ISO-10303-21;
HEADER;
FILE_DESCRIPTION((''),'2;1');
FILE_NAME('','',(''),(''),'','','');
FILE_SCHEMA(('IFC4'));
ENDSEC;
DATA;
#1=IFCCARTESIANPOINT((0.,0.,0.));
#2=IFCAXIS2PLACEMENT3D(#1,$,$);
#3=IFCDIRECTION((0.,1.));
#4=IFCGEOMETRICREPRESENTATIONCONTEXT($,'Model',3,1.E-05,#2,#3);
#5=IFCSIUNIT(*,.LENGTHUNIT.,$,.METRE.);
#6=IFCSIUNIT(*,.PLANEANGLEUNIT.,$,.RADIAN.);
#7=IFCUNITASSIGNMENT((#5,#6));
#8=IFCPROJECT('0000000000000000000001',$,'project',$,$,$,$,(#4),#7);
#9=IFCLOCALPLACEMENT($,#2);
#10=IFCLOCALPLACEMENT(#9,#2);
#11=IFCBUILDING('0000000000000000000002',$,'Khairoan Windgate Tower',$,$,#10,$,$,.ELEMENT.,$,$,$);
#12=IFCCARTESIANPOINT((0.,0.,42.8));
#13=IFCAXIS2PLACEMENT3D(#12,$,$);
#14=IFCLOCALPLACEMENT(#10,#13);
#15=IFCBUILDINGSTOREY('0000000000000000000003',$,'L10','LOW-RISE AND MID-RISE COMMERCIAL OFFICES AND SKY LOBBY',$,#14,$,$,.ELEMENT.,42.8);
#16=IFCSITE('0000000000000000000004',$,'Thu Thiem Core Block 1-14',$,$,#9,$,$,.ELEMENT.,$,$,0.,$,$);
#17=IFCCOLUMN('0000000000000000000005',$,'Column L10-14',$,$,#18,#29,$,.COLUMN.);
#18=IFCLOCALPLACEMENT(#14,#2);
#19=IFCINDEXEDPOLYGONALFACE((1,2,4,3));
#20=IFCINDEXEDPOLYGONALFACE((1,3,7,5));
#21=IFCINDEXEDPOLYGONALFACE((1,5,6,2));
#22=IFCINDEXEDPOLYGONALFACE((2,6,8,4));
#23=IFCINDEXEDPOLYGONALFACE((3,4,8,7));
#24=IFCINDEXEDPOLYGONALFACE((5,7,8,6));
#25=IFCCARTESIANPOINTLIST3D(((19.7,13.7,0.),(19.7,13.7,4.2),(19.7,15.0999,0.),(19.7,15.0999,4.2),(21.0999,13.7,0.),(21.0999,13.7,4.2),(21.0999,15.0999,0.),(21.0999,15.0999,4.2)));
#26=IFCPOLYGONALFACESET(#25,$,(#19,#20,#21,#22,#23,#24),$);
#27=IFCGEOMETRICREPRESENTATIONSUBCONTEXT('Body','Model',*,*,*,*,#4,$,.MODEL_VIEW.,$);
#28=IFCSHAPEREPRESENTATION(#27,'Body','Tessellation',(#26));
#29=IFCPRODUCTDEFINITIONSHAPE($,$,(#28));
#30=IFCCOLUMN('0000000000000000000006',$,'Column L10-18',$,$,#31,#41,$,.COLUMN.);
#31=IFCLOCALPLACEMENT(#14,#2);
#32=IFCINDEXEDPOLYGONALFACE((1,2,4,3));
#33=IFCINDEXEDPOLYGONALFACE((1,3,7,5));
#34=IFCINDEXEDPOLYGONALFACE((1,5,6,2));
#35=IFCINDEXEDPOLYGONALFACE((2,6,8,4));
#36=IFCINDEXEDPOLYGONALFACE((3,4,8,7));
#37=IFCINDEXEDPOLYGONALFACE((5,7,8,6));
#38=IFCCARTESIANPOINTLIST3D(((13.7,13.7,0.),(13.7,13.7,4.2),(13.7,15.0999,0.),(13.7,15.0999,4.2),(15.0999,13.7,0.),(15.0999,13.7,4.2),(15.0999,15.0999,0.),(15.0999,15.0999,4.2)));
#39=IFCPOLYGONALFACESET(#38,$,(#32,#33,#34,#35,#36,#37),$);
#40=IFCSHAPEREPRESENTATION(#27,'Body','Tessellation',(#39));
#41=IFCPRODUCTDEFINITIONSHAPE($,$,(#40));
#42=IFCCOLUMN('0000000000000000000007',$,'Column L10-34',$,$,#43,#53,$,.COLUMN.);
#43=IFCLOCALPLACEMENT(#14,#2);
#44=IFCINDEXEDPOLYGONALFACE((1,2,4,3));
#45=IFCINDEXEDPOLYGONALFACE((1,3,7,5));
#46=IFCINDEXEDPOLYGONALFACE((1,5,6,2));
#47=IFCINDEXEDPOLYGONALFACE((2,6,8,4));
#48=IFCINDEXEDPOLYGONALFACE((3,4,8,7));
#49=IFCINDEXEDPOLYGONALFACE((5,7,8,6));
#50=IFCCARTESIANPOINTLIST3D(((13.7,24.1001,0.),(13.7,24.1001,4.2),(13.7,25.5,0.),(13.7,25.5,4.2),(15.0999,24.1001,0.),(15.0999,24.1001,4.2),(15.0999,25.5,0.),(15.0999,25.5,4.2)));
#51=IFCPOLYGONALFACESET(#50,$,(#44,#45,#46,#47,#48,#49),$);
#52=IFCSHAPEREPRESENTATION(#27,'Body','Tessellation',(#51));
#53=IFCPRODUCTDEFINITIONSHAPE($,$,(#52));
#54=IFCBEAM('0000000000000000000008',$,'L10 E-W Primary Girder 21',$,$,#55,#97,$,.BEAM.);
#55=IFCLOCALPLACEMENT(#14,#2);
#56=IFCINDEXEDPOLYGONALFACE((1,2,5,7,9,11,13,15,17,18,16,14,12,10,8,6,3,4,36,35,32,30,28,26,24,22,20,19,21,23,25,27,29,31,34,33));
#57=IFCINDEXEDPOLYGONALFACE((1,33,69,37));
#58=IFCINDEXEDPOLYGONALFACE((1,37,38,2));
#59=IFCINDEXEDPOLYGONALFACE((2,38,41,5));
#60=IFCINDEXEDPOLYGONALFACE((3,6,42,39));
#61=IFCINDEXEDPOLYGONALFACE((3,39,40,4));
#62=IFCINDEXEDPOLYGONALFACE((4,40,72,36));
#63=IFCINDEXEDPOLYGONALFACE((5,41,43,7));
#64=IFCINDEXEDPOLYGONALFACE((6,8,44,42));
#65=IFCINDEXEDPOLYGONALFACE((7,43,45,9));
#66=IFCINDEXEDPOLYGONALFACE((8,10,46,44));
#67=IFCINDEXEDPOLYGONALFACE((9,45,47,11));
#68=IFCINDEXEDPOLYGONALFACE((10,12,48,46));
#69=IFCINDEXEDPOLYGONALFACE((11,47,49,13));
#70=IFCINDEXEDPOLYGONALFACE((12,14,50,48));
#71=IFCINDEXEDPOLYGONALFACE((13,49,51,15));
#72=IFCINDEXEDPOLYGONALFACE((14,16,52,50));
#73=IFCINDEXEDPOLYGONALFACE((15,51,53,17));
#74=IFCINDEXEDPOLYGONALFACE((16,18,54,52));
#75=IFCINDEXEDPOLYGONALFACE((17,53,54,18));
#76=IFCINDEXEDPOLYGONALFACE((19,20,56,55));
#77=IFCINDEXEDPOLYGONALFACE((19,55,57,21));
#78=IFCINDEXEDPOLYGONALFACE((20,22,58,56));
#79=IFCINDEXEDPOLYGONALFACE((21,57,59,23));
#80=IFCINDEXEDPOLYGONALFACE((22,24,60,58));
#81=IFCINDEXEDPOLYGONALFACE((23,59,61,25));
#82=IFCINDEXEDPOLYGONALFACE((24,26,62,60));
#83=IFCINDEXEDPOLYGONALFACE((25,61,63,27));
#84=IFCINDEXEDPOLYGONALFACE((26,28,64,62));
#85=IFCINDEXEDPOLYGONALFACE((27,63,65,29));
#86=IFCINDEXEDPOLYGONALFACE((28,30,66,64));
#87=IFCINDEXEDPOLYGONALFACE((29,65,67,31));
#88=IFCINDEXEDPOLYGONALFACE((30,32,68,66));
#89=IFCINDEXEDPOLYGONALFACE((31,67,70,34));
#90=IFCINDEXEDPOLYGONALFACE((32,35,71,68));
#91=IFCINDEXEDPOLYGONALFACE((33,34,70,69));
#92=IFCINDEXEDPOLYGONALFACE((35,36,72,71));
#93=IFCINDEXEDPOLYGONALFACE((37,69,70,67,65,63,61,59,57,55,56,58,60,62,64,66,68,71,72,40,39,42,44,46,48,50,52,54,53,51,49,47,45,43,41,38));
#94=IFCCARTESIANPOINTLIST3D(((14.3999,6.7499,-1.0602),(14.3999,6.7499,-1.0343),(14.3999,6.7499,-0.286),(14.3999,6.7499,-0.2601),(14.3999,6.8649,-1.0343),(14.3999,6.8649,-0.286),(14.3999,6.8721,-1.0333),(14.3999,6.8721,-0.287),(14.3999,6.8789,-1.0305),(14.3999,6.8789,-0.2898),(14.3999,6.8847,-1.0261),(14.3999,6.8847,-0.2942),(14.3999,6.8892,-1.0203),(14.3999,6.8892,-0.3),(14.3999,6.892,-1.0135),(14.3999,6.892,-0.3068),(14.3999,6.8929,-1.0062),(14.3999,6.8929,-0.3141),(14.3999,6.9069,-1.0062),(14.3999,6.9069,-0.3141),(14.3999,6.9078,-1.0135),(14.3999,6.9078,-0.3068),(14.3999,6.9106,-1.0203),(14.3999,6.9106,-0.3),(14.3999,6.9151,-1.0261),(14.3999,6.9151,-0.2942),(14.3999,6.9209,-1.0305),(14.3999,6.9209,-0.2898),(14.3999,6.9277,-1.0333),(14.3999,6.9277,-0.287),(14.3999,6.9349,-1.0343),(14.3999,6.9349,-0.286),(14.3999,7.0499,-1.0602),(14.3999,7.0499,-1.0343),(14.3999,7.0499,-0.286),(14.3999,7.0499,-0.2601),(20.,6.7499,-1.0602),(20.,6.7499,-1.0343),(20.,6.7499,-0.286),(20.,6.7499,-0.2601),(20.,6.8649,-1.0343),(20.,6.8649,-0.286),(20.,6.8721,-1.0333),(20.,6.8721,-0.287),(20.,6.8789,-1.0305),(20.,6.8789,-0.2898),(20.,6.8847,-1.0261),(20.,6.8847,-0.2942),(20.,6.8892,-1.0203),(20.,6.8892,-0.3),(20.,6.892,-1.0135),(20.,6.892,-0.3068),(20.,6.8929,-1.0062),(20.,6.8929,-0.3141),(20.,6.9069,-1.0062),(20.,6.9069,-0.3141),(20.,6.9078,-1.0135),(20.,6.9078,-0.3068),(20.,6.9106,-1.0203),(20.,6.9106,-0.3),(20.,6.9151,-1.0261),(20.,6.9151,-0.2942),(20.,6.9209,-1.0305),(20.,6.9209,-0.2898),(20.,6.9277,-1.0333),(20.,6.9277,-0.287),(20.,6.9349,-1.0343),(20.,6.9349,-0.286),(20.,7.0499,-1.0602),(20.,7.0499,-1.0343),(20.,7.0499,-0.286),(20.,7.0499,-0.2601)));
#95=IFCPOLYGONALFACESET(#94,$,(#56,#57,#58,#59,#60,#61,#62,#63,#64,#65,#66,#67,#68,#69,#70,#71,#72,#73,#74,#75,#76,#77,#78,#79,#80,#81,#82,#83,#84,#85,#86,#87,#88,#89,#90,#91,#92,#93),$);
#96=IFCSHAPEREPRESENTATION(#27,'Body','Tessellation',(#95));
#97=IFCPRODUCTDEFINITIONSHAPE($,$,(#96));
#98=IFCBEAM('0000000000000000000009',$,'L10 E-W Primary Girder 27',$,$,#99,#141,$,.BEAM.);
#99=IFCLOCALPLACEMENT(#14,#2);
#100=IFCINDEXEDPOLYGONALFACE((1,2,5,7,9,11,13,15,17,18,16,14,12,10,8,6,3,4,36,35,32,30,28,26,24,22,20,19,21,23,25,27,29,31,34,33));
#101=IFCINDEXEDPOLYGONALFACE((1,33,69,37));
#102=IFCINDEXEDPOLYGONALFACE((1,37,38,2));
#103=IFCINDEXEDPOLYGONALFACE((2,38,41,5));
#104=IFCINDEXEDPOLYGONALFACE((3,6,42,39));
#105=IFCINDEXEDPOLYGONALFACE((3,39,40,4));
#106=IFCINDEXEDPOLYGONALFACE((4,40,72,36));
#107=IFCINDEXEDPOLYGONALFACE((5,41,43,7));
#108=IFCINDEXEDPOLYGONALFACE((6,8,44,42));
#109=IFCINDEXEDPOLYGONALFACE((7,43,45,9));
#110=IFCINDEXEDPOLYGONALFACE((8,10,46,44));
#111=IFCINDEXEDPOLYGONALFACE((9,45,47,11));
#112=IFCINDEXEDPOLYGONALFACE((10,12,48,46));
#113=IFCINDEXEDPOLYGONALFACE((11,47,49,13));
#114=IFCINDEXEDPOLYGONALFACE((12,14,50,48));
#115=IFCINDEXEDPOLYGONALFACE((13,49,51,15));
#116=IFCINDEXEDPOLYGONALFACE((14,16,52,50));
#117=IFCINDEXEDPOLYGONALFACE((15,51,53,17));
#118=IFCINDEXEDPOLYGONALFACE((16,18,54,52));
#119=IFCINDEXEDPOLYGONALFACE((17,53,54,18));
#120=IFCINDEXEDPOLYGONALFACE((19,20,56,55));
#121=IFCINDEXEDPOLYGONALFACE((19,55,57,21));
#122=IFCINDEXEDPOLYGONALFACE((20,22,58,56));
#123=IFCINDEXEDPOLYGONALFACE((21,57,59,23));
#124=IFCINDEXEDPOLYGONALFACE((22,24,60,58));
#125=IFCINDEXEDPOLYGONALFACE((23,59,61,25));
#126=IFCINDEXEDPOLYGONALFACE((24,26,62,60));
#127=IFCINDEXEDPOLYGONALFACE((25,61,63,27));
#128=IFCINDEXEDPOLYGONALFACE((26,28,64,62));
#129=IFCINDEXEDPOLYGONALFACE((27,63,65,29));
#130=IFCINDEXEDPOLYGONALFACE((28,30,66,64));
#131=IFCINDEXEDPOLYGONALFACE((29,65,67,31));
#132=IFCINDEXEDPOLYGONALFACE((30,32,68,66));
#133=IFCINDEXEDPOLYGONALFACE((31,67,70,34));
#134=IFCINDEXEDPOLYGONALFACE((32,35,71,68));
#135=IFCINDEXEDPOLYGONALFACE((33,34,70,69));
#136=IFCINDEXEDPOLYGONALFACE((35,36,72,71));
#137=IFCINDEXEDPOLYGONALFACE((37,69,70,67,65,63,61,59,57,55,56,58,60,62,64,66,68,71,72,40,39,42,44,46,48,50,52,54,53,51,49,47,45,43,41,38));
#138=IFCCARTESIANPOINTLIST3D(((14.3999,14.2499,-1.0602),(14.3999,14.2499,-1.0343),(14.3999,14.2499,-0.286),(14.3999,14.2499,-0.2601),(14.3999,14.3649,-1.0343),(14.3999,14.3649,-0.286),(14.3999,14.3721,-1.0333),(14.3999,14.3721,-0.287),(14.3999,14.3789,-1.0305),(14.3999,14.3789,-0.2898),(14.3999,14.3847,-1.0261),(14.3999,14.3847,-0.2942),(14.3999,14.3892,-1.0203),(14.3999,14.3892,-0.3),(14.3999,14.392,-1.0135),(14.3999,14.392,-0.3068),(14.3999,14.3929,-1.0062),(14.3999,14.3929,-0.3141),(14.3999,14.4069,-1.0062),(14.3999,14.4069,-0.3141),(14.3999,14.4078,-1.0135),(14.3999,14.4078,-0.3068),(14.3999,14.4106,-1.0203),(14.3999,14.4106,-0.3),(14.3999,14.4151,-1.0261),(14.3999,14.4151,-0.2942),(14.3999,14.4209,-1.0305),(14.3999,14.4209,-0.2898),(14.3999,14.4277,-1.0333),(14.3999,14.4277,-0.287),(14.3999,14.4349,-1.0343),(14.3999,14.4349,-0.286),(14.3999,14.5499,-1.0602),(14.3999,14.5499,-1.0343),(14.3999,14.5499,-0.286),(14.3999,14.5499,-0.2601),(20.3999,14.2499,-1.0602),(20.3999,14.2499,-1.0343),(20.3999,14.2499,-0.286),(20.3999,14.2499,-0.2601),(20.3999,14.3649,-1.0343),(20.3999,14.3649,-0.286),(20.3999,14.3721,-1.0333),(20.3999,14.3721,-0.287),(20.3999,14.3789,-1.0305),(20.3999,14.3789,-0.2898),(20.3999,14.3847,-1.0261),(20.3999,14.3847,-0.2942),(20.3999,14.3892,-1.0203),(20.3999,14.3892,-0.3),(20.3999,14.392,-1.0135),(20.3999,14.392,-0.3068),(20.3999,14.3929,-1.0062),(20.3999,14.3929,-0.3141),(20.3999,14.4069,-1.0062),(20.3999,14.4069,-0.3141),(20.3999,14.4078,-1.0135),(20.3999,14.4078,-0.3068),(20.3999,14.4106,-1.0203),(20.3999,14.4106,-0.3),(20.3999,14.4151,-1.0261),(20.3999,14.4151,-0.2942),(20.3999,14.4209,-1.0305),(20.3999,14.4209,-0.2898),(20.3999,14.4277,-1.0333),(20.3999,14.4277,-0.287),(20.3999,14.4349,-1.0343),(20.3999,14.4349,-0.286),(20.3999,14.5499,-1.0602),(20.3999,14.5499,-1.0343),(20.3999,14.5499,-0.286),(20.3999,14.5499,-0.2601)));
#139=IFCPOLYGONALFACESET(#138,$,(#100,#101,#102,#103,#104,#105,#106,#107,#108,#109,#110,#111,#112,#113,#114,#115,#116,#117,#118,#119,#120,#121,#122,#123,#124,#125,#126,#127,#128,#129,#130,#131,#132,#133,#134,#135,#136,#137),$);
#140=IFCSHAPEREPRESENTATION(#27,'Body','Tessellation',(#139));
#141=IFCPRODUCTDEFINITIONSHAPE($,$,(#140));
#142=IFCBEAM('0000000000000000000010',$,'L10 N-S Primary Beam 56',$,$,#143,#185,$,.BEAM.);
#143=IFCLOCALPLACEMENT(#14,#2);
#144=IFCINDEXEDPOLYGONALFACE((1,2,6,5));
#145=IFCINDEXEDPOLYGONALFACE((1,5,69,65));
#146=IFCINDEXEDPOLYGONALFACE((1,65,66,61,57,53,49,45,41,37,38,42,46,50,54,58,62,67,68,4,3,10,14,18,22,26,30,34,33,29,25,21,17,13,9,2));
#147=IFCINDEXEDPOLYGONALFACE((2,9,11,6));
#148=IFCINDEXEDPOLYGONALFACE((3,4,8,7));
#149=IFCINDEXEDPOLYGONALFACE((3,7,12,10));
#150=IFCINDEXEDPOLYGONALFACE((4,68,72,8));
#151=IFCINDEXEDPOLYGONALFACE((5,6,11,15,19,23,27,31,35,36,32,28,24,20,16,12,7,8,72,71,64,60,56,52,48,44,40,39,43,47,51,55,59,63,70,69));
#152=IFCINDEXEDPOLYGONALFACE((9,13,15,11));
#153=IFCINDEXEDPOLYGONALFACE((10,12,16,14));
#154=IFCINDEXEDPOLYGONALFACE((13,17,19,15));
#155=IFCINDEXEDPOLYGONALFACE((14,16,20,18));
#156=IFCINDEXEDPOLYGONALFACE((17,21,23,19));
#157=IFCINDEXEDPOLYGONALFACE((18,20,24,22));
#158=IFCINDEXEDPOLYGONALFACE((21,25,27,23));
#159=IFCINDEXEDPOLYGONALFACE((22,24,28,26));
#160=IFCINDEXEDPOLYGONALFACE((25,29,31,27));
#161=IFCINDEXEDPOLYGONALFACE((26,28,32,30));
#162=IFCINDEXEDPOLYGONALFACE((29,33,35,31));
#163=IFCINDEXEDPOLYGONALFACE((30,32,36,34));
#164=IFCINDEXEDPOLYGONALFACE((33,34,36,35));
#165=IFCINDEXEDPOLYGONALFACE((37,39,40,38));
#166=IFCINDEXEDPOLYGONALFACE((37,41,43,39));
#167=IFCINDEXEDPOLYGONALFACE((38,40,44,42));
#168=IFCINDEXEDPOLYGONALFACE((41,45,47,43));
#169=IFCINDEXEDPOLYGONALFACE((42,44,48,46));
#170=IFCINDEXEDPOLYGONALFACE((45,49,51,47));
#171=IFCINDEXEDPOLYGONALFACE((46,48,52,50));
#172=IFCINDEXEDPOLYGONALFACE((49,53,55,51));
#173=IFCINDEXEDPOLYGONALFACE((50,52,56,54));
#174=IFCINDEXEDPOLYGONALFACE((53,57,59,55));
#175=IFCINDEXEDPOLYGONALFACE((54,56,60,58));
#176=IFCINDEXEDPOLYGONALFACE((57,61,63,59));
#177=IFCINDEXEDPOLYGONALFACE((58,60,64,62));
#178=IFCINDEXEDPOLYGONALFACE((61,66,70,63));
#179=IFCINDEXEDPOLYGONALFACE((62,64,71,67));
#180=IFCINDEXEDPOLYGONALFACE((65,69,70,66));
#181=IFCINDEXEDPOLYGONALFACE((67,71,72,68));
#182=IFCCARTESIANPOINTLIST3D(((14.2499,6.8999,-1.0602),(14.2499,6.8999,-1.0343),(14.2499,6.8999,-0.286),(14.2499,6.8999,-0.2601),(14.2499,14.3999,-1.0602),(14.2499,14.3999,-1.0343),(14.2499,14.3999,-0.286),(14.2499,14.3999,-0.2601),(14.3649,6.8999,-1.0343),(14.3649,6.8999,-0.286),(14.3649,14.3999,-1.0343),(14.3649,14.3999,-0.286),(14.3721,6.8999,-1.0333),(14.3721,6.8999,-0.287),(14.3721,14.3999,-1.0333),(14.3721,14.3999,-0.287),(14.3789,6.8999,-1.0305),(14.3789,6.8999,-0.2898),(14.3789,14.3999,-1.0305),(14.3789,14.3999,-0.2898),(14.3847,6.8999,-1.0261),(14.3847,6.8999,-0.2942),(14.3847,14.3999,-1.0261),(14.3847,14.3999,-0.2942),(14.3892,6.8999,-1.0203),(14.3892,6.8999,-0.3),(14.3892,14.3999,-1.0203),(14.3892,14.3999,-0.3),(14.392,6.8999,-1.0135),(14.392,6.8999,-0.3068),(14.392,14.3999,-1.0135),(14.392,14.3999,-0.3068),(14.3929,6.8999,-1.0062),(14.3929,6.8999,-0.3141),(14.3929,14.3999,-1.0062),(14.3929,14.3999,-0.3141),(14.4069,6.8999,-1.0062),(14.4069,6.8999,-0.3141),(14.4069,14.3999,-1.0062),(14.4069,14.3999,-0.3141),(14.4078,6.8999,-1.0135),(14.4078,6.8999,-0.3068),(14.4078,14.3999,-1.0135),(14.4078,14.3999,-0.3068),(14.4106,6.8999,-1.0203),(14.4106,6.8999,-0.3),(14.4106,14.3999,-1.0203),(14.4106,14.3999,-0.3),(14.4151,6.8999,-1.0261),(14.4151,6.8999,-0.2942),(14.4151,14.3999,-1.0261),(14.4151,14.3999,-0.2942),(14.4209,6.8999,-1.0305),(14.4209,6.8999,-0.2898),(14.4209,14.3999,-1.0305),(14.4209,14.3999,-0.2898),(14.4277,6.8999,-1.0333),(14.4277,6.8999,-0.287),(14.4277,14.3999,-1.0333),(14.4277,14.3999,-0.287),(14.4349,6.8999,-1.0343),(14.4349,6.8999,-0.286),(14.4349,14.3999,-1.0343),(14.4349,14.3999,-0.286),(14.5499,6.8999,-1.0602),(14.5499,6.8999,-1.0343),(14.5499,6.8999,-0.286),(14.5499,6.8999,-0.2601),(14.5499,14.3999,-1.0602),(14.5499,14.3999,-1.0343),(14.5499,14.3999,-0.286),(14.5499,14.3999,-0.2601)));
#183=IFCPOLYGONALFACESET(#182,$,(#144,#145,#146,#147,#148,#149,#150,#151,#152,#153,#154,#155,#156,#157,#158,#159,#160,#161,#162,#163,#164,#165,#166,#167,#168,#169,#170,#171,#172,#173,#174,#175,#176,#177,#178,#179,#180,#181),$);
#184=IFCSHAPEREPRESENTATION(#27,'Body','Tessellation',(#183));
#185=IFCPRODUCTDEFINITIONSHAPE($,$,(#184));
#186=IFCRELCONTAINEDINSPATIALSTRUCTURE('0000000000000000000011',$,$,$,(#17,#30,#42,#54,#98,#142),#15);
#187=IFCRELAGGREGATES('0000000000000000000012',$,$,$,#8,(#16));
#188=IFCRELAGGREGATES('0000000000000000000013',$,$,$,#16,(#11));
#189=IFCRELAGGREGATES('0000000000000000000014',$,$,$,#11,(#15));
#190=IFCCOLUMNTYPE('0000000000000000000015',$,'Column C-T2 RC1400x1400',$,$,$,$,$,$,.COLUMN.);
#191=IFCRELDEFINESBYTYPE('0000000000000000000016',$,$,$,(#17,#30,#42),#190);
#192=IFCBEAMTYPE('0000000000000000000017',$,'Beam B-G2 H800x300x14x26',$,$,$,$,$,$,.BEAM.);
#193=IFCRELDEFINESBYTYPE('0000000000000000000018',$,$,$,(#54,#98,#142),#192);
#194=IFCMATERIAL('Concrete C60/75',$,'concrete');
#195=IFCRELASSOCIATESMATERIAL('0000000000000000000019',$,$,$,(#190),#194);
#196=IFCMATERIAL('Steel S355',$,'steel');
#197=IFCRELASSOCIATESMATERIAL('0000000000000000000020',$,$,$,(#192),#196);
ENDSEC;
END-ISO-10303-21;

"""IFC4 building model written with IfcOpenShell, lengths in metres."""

from ifc_helpers import new_model, si_unit, direction, frame, origin, origin_2d, place, context, subcontext, project, spatial, rectangle, i_section, extrude, material, material_profile, profile_set, type_object, element, save


model = new_model("IFC4")

# Units and contexts
model_context = context("Model", 3, precision=1e-05, world=origin(), true_north=direction((0.0, 1.0)))
body_context = subcontext(model_context, "Body", "Model", "MODEL_VIEW")
ifc_project = project(units=[si_unit("LENGTHUNIT", "METRE"), si_unit("PLANEANGLEUNIT", "RADIAN")], contexts=[model_context])

# Site, building, storey
site_placement = place(None, origin())
site = spatial("IfcSite", under=ifc_project, at=site_placement, Name="Thu Thiem Core Block 1-14", CompositionType="ELEMENT", RefElevation=0.0)
building_placement = place(site_placement, origin())
building = spatial("IfcBuilding", under=site, at=building_placement, Name="Khairoan Windgate Tower", CompositionType="ELEMENT")
storey_placement = place(building_placement, frame((0.0, 0.0, 42.8)))
storey = spatial("IfcBuildingStorey", under=building, at=storey_placement, Name="L10", Description="LOW-RISE AND MID-RISE COMMERCIAL OFFICES AND SKY LOBBY", CompositionType="ELEMENT", Elevation=42.8)

# Columns
ifc_material_1 = material(Name="Concrete C60/75", Category="concrete")
ifc_material_profile_1 = material_profile(ifc_material_1, rectangle(XDim=1.3999, YDim=1.3999, at=origin_2d()))
ifc_profile_set_1 = profile_set([ifc_material_profile_1], Name="Concrete C60/75")
column_type = type_object("IfcColumnType", Name="Column C-T2 RC1400x1400", PredefinedType="COLUMN", material=ifc_profile_set_1)
for number, where, z_axis, x_axis, name in (
    (1, (20.3999, 14.3999, 0.0), (0.0, 0.0, 1.0), (1.0, 0.0, 0.0), "Column L10-14"),
    (2, (14.3999, 14.3999, 0.0), (0.0, 0.0, 1.0), (1.0, 0.0, 0.0), "Column L10-18"),
    (3, (14.3999, 24.8, 0.0), (0.0, 0.0, 1.0), (1.0, 0.0, 0.0), "Column L10-34"),
):
    element("IfcColumn", number, at=place(storey_placement, frame(where, z_axis=z_axis, x_axis=x_axis)), inside=storey, type_object=column_type, Name=name, PredefinedType="COLUMN", context=body_context, shape_type="SweptSolid", body=[
        extrude(rectangle(XDim=1.3999, YDim=1.3999, at=origin_2d()), origin(), (0.0, 0.0, 1.0), 4.2),
    ])

# Beams
ifc_material_2 = material(Name="Steel S355", Category="steel")
ifc_material_profile_2 = material_profile(ifc_material_2, i_section(OverallWidth=0.3, OverallDepth=0.8, WebThickness=0.0139, FlangeThickness=0.0259, FilletRadius=0.0281, at=origin_2d()))
ifc_profile_set_2 = profile_set([ifc_material_profile_2], Name="Steel S355")
beam_type_1 = type_object("IfcBeamType", Name="Beam B-G2 H800x300x14x26", PredefinedType="BEAM", material=ifc_profile_set_2)
beam_1_placement = place(storey_placement, frame((14.3999, 6.8999, -0.6602), z_axis=(1.0, 0.0, 0.0), x_axis=(0.0, 1.0, 0.0)))
element("IfcBeam", 4, at=beam_1_placement, inside=storey, type_object=beam_type_1, Name="L10 E-W Primary Girder 21", PredefinedType="BEAM", context=body_context, shape_type="SweptSolid", body=[
    extrude(i_section(OverallWidth=0.3, OverallDepth=0.8, WebThickness=0.0139, FlangeThickness=0.0259, FilletRadius=0.0281, at=origin_2d()), origin(), (0.0, 0.0, 1.0), 5.6001),
])
beam_2_placement = place(storey_placement, frame((14.3999, 14.3999, -0.6602), z_axis=(1.0, 0.0, 0.0), x_axis=(0.0, 1.0, 0.0)))
element("IfcBeam", 5, at=beam_2_placement, inside=storey, type_object=beam_type_1, Name="L10 E-W Primary Girder 27", PredefinedType="BEAM", context=body_context, shape_type="SweptSolid", body=[
    extrude(i_section(OverallWidth=0.3, OverallDepth=0.8, WebThickness=0.0139, FlangeThickness=0.0259, FilletRadius=0.0281, at=origin_2d()), origin(), (0.0, 0.0, 1.0), 6.0),
])
beam_3_placement = place(storey_placement, frame((14.3999, 6.8999, -0.6602), z_axis=(0.0, 1.0, 0.0), x_axis=(-1.0, 0.0, 0.0)))
element("IfcBeam", 6, at=beam_3_placement, inside=storey, type_object=beam_type_1, Name="L10 N-S Primary Beam 56", PredefinedType="BEAM", context=body_context, shape_type="SweptSolid", body=[
    extrude(i_section(OverallWidth=0.3, OverallDepth=0.8, WebThickness=0.0139, FlangeThickness=0.0259, FilletRadius=0.0281, at=origin_2d()), origin(), (0.0, 0.0, 1.0), 7.5),
])

save(model, "model.ifc")
